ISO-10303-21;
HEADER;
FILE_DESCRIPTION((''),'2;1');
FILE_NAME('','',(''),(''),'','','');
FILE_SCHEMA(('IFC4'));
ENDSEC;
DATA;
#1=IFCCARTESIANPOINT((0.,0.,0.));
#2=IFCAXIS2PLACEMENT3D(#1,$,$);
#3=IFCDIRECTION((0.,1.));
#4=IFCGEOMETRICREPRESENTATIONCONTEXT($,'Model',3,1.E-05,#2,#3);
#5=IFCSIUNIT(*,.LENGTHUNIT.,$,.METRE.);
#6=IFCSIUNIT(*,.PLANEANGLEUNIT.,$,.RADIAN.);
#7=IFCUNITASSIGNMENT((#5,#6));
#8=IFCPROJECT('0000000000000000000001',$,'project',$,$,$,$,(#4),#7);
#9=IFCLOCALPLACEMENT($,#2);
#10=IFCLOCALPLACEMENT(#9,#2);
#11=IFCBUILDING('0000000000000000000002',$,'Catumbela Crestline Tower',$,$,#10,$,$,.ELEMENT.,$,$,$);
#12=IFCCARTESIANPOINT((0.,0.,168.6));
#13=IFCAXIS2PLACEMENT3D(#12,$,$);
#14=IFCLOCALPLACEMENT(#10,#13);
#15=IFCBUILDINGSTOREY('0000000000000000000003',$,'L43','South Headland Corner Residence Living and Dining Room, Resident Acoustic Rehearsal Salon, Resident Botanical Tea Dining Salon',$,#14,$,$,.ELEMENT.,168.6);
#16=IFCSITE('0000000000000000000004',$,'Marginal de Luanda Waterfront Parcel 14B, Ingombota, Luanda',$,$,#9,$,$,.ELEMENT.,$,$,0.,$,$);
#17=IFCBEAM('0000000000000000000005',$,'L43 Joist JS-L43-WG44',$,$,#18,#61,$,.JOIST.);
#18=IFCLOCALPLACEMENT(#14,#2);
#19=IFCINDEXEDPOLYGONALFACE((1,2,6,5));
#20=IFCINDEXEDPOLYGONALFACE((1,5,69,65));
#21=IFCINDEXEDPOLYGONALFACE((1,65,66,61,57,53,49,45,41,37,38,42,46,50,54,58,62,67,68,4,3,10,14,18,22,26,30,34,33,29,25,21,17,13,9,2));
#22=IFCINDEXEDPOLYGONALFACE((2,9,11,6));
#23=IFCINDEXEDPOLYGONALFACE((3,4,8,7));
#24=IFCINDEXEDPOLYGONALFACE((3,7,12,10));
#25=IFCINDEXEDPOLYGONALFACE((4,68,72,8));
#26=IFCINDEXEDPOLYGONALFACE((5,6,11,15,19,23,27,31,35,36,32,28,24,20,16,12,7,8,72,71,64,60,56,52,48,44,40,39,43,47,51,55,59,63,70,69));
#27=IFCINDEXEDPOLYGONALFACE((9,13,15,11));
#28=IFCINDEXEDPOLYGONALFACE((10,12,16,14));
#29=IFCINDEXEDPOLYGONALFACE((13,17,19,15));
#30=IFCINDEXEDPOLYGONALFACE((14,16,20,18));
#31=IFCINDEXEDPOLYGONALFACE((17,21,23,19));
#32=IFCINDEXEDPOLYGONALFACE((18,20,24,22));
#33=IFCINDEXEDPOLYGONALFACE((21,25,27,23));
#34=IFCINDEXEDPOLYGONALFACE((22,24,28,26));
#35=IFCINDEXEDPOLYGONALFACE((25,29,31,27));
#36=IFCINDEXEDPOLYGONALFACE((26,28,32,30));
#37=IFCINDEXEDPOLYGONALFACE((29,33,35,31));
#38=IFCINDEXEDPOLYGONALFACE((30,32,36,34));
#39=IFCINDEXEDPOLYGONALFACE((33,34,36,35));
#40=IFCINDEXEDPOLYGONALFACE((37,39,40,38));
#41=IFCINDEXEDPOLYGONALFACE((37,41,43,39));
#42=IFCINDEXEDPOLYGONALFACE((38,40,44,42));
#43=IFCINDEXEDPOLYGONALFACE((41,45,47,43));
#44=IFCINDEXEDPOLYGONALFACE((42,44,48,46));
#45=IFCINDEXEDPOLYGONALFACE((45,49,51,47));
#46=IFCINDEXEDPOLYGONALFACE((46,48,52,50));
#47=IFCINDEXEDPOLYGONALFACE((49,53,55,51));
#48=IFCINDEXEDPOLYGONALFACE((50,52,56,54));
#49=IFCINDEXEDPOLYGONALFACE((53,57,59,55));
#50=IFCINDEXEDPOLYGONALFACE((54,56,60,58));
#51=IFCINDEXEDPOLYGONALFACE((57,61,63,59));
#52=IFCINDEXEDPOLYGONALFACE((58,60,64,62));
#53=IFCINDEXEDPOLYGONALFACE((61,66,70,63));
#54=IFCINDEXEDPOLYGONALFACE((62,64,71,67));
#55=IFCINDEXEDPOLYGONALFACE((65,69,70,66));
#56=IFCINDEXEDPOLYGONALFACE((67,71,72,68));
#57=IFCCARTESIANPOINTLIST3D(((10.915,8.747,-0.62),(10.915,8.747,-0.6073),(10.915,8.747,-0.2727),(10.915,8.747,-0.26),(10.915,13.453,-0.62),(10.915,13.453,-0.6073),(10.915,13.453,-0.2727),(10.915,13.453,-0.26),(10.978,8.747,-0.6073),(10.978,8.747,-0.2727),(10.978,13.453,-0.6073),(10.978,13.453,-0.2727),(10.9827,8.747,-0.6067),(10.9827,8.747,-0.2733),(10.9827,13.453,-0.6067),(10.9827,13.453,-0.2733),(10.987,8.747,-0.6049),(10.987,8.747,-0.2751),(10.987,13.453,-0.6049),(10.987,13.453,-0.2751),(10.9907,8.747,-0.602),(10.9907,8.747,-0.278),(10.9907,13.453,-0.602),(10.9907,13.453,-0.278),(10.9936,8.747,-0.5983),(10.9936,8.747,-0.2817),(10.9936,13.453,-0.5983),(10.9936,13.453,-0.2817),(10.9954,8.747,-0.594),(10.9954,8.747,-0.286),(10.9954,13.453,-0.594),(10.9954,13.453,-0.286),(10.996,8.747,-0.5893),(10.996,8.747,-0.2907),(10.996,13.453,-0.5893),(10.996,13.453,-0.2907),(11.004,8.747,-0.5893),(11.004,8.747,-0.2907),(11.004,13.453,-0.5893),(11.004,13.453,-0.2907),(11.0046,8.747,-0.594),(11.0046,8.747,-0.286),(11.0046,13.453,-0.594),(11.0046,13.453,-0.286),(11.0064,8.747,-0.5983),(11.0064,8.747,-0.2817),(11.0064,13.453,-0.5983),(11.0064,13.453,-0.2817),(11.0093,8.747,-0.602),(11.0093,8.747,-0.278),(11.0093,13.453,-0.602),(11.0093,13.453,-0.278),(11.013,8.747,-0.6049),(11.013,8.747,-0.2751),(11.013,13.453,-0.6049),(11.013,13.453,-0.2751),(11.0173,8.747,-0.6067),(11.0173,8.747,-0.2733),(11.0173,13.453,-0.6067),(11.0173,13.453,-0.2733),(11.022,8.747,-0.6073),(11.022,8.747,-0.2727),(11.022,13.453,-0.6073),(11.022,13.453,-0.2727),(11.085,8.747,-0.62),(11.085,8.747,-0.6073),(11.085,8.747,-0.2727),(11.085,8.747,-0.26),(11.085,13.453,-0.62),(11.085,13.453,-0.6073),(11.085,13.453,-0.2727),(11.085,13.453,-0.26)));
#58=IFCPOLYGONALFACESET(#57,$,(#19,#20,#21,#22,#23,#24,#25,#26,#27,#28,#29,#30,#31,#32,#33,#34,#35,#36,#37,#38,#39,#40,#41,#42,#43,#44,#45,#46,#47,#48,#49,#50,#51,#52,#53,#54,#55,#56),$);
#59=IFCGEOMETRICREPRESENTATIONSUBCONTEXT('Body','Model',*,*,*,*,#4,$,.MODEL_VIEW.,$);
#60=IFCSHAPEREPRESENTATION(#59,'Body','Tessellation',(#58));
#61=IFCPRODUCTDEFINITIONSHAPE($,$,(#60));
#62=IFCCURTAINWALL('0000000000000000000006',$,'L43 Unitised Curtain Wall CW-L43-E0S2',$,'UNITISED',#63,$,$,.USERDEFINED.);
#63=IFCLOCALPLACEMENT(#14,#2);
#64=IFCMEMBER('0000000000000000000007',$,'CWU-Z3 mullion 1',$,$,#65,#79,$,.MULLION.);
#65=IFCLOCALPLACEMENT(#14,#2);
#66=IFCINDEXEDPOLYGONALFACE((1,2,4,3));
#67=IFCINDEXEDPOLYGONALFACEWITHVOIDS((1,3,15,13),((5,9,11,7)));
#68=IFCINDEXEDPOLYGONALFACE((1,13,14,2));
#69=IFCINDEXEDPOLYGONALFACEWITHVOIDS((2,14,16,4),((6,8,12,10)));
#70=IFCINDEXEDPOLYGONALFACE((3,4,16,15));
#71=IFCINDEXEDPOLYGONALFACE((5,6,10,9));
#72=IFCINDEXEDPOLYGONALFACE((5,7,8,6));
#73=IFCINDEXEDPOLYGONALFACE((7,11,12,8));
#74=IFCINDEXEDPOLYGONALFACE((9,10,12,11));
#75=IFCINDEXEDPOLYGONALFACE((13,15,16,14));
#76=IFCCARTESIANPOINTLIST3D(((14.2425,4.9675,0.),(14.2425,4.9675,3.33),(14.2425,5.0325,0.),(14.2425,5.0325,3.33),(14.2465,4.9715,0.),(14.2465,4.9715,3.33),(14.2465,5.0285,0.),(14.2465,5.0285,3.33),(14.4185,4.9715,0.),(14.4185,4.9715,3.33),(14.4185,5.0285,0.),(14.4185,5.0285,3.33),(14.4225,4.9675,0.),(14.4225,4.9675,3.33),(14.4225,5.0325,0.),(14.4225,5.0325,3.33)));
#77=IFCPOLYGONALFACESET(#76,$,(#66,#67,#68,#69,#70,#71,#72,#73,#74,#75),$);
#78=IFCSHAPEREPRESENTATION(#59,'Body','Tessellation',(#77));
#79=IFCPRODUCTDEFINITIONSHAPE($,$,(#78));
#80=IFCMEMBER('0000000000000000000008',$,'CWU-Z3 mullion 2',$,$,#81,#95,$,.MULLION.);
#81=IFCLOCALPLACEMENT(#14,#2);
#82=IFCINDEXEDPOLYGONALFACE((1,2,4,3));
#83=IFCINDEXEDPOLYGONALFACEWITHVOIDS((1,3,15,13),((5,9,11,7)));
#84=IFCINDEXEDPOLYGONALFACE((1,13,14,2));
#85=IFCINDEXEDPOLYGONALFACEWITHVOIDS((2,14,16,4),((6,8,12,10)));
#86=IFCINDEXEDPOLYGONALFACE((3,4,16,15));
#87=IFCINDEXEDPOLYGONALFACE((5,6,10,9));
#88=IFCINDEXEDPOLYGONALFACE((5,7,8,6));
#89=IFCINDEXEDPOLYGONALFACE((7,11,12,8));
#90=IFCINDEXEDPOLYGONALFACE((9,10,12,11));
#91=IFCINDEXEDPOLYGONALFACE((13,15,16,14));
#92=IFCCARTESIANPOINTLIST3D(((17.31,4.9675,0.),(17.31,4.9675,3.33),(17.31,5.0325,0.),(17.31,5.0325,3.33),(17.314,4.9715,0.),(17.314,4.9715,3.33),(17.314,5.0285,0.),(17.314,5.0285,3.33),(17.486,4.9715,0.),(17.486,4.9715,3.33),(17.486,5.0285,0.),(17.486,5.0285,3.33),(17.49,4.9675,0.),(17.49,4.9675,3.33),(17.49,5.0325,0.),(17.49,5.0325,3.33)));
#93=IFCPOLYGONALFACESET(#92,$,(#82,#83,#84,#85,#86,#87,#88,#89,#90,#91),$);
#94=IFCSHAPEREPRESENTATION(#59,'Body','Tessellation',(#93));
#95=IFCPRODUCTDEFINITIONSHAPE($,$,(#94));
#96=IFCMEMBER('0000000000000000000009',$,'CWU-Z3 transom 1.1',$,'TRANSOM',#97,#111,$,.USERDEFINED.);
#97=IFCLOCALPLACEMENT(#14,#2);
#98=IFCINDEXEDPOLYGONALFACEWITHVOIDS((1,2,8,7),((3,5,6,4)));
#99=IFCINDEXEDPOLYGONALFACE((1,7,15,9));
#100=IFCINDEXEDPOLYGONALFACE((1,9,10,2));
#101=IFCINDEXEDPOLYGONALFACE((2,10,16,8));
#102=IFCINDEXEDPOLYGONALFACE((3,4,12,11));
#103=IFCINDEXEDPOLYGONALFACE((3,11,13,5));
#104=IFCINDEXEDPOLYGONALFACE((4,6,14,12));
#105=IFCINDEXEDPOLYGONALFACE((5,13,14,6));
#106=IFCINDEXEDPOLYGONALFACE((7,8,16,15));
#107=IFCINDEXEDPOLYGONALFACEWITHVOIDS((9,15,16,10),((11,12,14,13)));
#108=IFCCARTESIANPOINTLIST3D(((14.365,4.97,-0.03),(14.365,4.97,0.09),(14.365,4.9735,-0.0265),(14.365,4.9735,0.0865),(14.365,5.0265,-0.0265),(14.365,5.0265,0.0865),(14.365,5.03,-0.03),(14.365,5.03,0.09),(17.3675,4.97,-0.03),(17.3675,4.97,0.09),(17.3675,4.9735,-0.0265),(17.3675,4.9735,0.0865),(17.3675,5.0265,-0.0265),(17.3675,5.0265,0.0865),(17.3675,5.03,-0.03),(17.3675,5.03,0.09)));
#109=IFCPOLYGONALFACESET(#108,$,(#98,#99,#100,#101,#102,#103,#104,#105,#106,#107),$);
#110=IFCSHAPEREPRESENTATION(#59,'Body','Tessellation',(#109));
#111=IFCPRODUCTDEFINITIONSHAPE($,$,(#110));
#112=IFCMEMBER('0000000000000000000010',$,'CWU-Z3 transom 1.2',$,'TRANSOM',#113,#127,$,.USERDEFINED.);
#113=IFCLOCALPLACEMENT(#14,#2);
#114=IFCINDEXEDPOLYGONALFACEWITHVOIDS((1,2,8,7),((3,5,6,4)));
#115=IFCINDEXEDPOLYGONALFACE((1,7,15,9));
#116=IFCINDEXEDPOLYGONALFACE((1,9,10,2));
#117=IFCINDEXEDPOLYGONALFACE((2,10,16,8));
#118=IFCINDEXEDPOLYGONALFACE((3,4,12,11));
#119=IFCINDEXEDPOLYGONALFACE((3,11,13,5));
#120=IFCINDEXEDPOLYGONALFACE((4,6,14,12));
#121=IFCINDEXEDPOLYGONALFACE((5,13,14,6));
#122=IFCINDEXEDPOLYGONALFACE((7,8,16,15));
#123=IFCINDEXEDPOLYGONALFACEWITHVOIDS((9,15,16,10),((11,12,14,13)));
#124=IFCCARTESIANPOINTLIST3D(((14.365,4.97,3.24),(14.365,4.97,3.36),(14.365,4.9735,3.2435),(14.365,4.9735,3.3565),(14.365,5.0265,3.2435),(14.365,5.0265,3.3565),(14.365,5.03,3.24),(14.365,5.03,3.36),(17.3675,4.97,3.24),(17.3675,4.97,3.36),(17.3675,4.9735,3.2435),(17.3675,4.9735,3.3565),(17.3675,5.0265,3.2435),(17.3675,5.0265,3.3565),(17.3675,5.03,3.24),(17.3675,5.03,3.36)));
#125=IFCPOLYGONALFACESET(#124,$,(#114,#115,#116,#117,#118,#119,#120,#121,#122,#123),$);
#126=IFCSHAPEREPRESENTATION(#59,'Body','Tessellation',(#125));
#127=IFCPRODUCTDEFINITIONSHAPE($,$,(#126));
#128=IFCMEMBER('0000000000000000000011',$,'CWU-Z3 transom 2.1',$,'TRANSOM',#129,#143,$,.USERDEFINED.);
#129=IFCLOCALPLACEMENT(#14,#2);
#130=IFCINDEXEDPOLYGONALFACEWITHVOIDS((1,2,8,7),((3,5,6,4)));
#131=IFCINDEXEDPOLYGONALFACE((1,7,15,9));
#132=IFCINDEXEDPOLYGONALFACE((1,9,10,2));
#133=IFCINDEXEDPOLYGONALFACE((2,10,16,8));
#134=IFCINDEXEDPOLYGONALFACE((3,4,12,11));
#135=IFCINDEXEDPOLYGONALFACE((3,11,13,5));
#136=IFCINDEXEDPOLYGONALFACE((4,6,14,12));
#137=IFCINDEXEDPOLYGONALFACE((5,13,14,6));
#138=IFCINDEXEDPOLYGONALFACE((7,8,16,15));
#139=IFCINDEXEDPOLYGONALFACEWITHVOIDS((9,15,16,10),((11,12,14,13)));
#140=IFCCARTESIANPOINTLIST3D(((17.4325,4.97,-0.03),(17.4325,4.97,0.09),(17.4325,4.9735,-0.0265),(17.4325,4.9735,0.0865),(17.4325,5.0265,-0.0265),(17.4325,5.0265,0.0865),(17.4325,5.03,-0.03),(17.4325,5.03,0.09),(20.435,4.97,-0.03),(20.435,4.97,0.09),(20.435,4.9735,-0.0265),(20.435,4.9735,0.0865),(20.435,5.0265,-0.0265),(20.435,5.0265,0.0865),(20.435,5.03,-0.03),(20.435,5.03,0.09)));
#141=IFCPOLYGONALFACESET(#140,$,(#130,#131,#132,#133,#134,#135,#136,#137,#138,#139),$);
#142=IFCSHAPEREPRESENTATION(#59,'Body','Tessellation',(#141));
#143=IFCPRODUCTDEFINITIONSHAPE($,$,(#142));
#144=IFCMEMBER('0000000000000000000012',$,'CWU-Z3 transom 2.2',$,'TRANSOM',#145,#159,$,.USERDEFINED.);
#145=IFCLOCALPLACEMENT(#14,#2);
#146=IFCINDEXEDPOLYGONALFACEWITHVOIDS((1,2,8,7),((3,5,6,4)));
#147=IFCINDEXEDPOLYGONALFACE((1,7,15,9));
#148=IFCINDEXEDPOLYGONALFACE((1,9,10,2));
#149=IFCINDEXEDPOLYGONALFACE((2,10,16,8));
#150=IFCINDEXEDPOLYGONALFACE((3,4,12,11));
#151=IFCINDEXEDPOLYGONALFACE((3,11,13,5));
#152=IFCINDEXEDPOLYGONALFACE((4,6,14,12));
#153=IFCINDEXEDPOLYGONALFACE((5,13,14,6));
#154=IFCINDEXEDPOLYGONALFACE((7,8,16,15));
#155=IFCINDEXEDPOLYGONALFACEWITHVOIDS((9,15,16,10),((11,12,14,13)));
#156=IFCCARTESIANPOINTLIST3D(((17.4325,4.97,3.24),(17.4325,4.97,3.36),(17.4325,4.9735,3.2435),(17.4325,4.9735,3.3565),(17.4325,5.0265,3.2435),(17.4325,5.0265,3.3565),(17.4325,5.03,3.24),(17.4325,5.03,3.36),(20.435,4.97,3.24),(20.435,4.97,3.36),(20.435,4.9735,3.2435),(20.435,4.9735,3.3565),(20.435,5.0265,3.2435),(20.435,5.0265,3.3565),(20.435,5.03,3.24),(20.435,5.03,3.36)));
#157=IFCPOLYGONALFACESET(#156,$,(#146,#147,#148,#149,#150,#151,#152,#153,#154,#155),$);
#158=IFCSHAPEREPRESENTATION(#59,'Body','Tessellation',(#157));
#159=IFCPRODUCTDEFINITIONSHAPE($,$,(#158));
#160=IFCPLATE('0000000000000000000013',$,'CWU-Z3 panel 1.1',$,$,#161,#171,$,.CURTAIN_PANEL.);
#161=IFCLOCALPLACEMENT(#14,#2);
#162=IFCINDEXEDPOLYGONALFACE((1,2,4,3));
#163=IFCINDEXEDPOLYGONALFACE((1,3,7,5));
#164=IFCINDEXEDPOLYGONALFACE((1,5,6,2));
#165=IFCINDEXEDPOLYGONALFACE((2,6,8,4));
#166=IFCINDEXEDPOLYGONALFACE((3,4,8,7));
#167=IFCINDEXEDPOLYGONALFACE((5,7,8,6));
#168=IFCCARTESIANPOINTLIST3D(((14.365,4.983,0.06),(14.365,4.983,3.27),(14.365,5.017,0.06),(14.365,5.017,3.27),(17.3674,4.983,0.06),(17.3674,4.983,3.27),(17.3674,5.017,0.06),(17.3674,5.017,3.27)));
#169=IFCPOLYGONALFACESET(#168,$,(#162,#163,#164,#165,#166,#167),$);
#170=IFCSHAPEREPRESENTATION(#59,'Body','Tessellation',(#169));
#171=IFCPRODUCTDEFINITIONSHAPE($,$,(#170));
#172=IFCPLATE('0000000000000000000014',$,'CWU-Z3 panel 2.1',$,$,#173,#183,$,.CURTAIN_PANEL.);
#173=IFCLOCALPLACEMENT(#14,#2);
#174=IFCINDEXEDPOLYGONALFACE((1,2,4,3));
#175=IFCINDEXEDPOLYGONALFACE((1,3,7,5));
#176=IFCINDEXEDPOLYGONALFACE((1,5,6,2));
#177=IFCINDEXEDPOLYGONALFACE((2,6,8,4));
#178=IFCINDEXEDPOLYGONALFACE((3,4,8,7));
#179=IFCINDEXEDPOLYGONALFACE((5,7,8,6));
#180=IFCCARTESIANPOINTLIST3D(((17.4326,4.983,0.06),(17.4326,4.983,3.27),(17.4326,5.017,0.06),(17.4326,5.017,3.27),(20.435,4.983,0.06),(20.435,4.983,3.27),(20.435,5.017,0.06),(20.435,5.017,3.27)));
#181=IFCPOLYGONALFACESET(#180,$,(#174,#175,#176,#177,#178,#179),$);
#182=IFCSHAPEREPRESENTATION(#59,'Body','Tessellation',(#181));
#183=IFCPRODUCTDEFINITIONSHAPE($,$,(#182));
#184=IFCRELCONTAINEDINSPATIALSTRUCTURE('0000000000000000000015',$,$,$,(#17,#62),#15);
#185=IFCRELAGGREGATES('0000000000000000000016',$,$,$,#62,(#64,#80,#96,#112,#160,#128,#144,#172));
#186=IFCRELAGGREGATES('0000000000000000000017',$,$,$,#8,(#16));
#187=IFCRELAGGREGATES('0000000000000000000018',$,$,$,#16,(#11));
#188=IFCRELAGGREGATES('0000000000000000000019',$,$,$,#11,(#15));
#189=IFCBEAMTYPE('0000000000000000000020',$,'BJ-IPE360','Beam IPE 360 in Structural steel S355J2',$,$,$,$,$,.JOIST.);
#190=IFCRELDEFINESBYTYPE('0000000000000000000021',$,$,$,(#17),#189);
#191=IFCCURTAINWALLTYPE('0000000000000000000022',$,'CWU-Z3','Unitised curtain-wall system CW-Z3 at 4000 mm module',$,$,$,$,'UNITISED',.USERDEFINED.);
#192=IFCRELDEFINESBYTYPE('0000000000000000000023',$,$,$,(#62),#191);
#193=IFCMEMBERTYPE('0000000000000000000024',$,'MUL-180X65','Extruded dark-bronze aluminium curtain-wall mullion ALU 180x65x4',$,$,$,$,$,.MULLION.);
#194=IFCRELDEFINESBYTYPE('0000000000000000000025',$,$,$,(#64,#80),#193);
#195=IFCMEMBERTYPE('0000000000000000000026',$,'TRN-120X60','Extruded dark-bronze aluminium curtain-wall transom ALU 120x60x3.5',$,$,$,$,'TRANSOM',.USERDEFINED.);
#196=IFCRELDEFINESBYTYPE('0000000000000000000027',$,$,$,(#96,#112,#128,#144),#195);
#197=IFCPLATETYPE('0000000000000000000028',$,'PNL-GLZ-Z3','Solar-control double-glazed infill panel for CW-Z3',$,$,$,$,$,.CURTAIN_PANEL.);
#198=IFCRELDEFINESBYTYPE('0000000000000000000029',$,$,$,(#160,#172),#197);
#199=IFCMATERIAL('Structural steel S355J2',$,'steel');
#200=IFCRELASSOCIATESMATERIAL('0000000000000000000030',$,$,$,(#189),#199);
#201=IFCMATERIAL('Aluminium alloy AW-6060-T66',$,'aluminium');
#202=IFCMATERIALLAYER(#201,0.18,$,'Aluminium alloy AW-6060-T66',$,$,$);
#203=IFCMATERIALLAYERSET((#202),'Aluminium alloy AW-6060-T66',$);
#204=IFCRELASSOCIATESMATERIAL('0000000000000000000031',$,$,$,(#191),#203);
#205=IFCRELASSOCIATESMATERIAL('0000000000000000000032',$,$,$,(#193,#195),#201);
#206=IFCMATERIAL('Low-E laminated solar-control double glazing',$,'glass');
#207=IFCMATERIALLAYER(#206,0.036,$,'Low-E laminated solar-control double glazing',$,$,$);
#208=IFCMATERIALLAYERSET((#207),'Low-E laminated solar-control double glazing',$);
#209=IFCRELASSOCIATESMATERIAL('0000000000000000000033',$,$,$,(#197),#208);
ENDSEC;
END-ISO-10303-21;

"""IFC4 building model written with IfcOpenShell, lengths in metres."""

from ifc_helpers import new_model, si_unit, direction, frame, origin, origin_2d, place, context, subcontext, project, spatial, rectangle, hollow_rectangle, i_section, extrude, material, layer, layer_set, material_profile, profile_set, type_object, element, aggregate, save


model = new_model("IFC4")

# Units and contexts
model_context = context("Model", 3, precision=1e-05, world=origin(), true_north=direction((0.0, 1.0)))
body_context = subcontext(model_context, "Body", "Model", "MODEL_VIEW")
ifc_project = project(units=[si_unit("LENGTHUNIT", "METRE"), si_unit("PLANEANGLEUNIT", "RADIAN")], contexts=[model_context])

# Site, building, storey
site_placement = place(None, origin())
site = spatial("IfcSite", under=ifc_project, at=site_placement, Name="Marginal de Luanda Waterfront Parcel 14B, Ingombota, Luanda", CompositionType="ELEMENT", RefElevation=0.0)
building_placement = place(site_placement, origin())
building = spatial("IfcBuilding", under=site, at=building_placement, Name="Catumbela Crestline Tower", CompositionType="ELEMENT")
storey_placement = place(building_placement, frame((0.0, 0.0, 168.6)))
storey = spatial("IfcBuildingStorey", under=building, at=storey_placement, Name="L43", Description="South Headland Corner Residence Living and Dining Room, Resident Acoustic Rehearsal Salon, Resident Botanical Tea Dining Salon", CompositionType="ELEMENT", Elevation=168.6)

# Shared definitions
ifc_material_1 = material(Name="Structural steel S355J2", Category="steel")

# Beam
ifc_material_profile_1 = material_profile(ifc_material_1, i_section(OverallWidth=0.17, OverallDepth=0.36, WebThickness=0.008, FlangeThickness=0.0127, FilletRadius=0.018, at=origin_2d()), Name="IPE 360")
ifc_profile_set_1 = profile_set([ifc_material_profile_1], Name="Structural steel S355J2")
beam_type_1 = type_object("IfcBeamType", Name="BJ-IPE360", Description="Beam IPE 360 in Structural steel S355J2", PredefinedType="JOIST", material=ifc_profile_set_1)
beam_1_placement = place(storey_placement, frame((11.0, 8.747, -0.44), z_axis=(0.0, 1.0, 0.0), x_axis=(-1.0, 0.0, 0.0)))
element("IfcBeam", 1, at=beam_1_placement, inside=storey, type_object=beam_type_1, Name="L43 Joist JS-L43-WG44", PredefinedType="JOIST", context=body_context, shape_type="SweptSolid", body=[
    extrude(i_section(OverallWidth=0.17, OverallDepth=0.36, WebThickness=0.008, FlangeThickness=0.0127, FilletRadius=0.018, at=origin_2d()), origin(), (0.0, 0.0, 1.0), 4.706),
])

# Curtain wall, members, plates
ifc_material_2 = material(Name="Aluminium alloy AW-6060-T66", Category="aluminium")
ifc_layer_1 = layer(ifc_material_2, 0.18, Name="Aluminium alloy AW-6060-T66")
ifc_layer_set_1 = layer_set([ifc_layer_1], Name="Aluminium alloy AW-6060-T66")
curtain_wall_type = type_object("IfcCurtainWallType", Name="CWU-Z3", Description="Unitised curtain-wall system CW-Z3 at 4000 mm module", ElementType="UNITISED", PredefinedType="USERDEFINED", material=ifc_layer_set_1)
curtain_wall_placement = place(storey_placement, origin())
curtain_wall = element("IfcCurtainWall", 2, at=curtain_wall_placement, inside=storey, type_object=curtain_wall_type, Name="L43 Unitised Curtain Wall CW-L43-E0S2", ObjectType="UNITISED", PredefinedType="USERDEFINED")
ifc_material_profile_2 = material_profile(ifc_material_2, hollow_rectangle(XDim=0.065, YDim=0.18, WallThickness=0.004, at=origin_2d()), Name="ALU 180x65x4")
ifc_profile_set_2 = profile_set([ifc_material_profile_2], Name="Aluminium alloy AW-6060-T66")
member_type_1 = type_object("IfcMemberType", Name="MUL-180X65", Description="Extruded dark-bronze aluminium curtain-wall mullion ALU 180x65x4", PredefinedType="MULLION", material=ifc_profile_set_2)
member_1_placement = place(storey_placement, frame((14.3325, 5.0, 0.0), z_axis=(0.0, 0.0, 1.0), x_axis=(0.0, 1.0, 0.0)))
member_1 = element("IfcMember", 3, at=member_1_placement, type_object=member_type_1, Name="CWU-Z3 mullion 1", PredefinedType="MULLION", context=body_context, shape_type="SweptSolid", body=[
    extrude(hollow_rectangle(XDim=0.065, YDim=0.18, WallThickness=0.004, at=origin_2d()), origin(), (0.0, 0.0, 1.0), 3.33),
])
member_2_placement = place(storey_placement, frame((17.4, 5.0, 0.0), z_axis=(0.0, 0.0, 1.0), x_axis=(0.0, 1.0, 0.0)))
member_2 = element("IfcMember", 4, at=member_2_placement, type_object=member_type_1, Name="CWU-Z3 mullion 2", PredefinedType="MULLION", context=body_context, shape_type="SweptSolid", body=[
    extrude(hollow_rectangle(XDim=0.065, YDim=0.18, WallThickness=0.004, at=origin_2d()), origin(), (0.0, 0.0, 1.0), 3.33),
])
ifc_material_profile_3 = material_profile(ifc_material_2, hollow_rectangle(XDim=0.06, YDim=0.12, WallThickness=0.0035, at=origin_2d()), Name="ALU 120x60x3.5")
ifc_profile_set_3 = profile_set([ifc_material_profile_3], Name="Aluminium alloy AW-6060-T66")
member_type_2 = type_object("IfcMemberType", Name="TRN-120X60", Description="Extruded dark-bronze aluminium curtain-wall transom ALU 120x60x3.5", ElementType="TRANSOM", PredefinedType="USERDEFINED", material=ifc_profile_set_3)
member_3_placement = place(storey_placement, frame((14.365, 5.0, 0.03), z_axis=(1.0, 0.0, 0.0), x_axis=(0.0, 1.0, 0.0)))
member_3 = element("IfcMember", 5, at=member_3_placement, type_object=member_type_2, Name="CWU-Z3 transom 1.1", ObjectType="TRANSOM", PredefinedType="USERDEFINED", context=body_context, shape_type="SweptSolid", body=[
    extrude(hollow_rectangle(XDim=0.06, YDim=0.12, WallThickness=0.0035, at=origin_2d()), origin(), (0.0, 0.0, 1.0), 3.0025),
])
member_4_placement = place(storey_placement, frame((14.365, 5.0, 3.3), z_axis=(1.0, 0.0, 0.0), x_axis=(0.0, 1.0, 0.0)))
member_4 = element("IfcMember", 6, at=member_4_placement, type_object=member_type_2, Name="CWU-Z3 transom 1.2", ObjectType="TRANSOM", PredefinedType="USERDEFINED", context=body_context, shape_type="SweptSolid", body=[
    extrude(hollow_rectangle(XDim=0.06, YDim=0.12, WallThickness=0.0035, at=origin_2d()), origin(), (0.0, 0.0, 1.0), 3.0025),
])
member_5_placement = place(storey_placement, frame((17.4325, 5.0, 0.03), z_axis=(1.0, 0.0, 0.0), x_axis=(0.0, 1.0, 0.0)))
member_5 = element("IfcMember", 7, at=member_5_placement, type_object=member_type_2, Name="CWU-Z3 transom 2.1", ObjectType="TRANSOM", PredefinedType="USERDEFINED", context=body_context, shape_type="SweptSolid", body=[
    extrude(hollow_rectangle(XDim=0.06, YDim=0.12, WallThickness=0.0035, at=origin_2d()), origin(), (0.0, 0.0, 1.0), 3.0025),
])
member_6_placement = place(storey_placement, frame((17.4325, 5.0, 3.3), z_axis=(1.0, 0.0, 0.0), x_axis=(0.0, 1.0, 0.0)))
member_6 = element("IfcMember", 8, at=member_6_placement, type_object=member_type_2, Name="CWU-Z3 transom 2.2", ObjectType="TRANSOM", PredefinedType="USERDEFINED", context=body_context, shape_type="SweptSolid", body=[
    extrude(hollow_rectangle(XDim=0.06, YDim=0.12, WallThickness=0.0035, at=origin_2d()), origin(), (0.0, 0.0, 1.0), 3.0025),
])
ifc_material_3 = material(Name="Low-E laminated solar-control double glazing", Category="glass")
ifc_layer_2 = layer(ifc_material_3, 0.036, Name="Low-E laminated solar-control double glazing")
ifc_layer_set_2 = layer_set([ifc_layer_2], Name="Low-E laminated solar-control double glazing")
plate_type = type_object("IfcPlateType", Name="PNL-GLZ-Z3", Description="Solar-control double-glazed infill panel for CW-Z3", PredefinedType="CURTAIN_PANEL", material=ifc_layer_set_2)
plate_1_placement = place(storey_placement, frame((15.8662, 5.0, 0.06), z_axis=(0.0, 0.0, 1.0), x_axis=(1.0, 0.0, 0.0)))
plate_1 = element("IfcPlate", 9, at=plate_1_placement, type_object=plate_type, Name="CWU-Z3 panel 1.1", PredefinedType="CURTAIN_PANEL", context=body_context, shape_type="SweptSolid", body=[
    extrude(rectangle(XDim=3.0025, YDim=0.034, at=origin_2d()), origin(), (0.0, 0.0, 1.0), 3.21),
])
plate_2_placement = place(storey_placement, frame((18.9338, 5.0, 0.06), z_axis=(0.0, 0.0, 1.0), x_axis=(1.0, 0.0, 0.0)))
plate_2 = element("IfcPlate", 10, at=plate_2_placement, type_object=plate_type, Name="CWU-Z3 panel 2.1", PredefinedType="CURTAIN_PANEL", context=body_context, shape_type="SweptSolid", body=[
    extrude(rectangle(XDim=3.0025, YDim=0.034, at=origin_2d()), origin(), (0.0, 0.0, 1.0), 3.21),
])
aggregate(curtain_wall, [member_1, member_2, member_3, member_4, plate_1, member_5, member_6, plate_2])

save(model, "model.ifc")
